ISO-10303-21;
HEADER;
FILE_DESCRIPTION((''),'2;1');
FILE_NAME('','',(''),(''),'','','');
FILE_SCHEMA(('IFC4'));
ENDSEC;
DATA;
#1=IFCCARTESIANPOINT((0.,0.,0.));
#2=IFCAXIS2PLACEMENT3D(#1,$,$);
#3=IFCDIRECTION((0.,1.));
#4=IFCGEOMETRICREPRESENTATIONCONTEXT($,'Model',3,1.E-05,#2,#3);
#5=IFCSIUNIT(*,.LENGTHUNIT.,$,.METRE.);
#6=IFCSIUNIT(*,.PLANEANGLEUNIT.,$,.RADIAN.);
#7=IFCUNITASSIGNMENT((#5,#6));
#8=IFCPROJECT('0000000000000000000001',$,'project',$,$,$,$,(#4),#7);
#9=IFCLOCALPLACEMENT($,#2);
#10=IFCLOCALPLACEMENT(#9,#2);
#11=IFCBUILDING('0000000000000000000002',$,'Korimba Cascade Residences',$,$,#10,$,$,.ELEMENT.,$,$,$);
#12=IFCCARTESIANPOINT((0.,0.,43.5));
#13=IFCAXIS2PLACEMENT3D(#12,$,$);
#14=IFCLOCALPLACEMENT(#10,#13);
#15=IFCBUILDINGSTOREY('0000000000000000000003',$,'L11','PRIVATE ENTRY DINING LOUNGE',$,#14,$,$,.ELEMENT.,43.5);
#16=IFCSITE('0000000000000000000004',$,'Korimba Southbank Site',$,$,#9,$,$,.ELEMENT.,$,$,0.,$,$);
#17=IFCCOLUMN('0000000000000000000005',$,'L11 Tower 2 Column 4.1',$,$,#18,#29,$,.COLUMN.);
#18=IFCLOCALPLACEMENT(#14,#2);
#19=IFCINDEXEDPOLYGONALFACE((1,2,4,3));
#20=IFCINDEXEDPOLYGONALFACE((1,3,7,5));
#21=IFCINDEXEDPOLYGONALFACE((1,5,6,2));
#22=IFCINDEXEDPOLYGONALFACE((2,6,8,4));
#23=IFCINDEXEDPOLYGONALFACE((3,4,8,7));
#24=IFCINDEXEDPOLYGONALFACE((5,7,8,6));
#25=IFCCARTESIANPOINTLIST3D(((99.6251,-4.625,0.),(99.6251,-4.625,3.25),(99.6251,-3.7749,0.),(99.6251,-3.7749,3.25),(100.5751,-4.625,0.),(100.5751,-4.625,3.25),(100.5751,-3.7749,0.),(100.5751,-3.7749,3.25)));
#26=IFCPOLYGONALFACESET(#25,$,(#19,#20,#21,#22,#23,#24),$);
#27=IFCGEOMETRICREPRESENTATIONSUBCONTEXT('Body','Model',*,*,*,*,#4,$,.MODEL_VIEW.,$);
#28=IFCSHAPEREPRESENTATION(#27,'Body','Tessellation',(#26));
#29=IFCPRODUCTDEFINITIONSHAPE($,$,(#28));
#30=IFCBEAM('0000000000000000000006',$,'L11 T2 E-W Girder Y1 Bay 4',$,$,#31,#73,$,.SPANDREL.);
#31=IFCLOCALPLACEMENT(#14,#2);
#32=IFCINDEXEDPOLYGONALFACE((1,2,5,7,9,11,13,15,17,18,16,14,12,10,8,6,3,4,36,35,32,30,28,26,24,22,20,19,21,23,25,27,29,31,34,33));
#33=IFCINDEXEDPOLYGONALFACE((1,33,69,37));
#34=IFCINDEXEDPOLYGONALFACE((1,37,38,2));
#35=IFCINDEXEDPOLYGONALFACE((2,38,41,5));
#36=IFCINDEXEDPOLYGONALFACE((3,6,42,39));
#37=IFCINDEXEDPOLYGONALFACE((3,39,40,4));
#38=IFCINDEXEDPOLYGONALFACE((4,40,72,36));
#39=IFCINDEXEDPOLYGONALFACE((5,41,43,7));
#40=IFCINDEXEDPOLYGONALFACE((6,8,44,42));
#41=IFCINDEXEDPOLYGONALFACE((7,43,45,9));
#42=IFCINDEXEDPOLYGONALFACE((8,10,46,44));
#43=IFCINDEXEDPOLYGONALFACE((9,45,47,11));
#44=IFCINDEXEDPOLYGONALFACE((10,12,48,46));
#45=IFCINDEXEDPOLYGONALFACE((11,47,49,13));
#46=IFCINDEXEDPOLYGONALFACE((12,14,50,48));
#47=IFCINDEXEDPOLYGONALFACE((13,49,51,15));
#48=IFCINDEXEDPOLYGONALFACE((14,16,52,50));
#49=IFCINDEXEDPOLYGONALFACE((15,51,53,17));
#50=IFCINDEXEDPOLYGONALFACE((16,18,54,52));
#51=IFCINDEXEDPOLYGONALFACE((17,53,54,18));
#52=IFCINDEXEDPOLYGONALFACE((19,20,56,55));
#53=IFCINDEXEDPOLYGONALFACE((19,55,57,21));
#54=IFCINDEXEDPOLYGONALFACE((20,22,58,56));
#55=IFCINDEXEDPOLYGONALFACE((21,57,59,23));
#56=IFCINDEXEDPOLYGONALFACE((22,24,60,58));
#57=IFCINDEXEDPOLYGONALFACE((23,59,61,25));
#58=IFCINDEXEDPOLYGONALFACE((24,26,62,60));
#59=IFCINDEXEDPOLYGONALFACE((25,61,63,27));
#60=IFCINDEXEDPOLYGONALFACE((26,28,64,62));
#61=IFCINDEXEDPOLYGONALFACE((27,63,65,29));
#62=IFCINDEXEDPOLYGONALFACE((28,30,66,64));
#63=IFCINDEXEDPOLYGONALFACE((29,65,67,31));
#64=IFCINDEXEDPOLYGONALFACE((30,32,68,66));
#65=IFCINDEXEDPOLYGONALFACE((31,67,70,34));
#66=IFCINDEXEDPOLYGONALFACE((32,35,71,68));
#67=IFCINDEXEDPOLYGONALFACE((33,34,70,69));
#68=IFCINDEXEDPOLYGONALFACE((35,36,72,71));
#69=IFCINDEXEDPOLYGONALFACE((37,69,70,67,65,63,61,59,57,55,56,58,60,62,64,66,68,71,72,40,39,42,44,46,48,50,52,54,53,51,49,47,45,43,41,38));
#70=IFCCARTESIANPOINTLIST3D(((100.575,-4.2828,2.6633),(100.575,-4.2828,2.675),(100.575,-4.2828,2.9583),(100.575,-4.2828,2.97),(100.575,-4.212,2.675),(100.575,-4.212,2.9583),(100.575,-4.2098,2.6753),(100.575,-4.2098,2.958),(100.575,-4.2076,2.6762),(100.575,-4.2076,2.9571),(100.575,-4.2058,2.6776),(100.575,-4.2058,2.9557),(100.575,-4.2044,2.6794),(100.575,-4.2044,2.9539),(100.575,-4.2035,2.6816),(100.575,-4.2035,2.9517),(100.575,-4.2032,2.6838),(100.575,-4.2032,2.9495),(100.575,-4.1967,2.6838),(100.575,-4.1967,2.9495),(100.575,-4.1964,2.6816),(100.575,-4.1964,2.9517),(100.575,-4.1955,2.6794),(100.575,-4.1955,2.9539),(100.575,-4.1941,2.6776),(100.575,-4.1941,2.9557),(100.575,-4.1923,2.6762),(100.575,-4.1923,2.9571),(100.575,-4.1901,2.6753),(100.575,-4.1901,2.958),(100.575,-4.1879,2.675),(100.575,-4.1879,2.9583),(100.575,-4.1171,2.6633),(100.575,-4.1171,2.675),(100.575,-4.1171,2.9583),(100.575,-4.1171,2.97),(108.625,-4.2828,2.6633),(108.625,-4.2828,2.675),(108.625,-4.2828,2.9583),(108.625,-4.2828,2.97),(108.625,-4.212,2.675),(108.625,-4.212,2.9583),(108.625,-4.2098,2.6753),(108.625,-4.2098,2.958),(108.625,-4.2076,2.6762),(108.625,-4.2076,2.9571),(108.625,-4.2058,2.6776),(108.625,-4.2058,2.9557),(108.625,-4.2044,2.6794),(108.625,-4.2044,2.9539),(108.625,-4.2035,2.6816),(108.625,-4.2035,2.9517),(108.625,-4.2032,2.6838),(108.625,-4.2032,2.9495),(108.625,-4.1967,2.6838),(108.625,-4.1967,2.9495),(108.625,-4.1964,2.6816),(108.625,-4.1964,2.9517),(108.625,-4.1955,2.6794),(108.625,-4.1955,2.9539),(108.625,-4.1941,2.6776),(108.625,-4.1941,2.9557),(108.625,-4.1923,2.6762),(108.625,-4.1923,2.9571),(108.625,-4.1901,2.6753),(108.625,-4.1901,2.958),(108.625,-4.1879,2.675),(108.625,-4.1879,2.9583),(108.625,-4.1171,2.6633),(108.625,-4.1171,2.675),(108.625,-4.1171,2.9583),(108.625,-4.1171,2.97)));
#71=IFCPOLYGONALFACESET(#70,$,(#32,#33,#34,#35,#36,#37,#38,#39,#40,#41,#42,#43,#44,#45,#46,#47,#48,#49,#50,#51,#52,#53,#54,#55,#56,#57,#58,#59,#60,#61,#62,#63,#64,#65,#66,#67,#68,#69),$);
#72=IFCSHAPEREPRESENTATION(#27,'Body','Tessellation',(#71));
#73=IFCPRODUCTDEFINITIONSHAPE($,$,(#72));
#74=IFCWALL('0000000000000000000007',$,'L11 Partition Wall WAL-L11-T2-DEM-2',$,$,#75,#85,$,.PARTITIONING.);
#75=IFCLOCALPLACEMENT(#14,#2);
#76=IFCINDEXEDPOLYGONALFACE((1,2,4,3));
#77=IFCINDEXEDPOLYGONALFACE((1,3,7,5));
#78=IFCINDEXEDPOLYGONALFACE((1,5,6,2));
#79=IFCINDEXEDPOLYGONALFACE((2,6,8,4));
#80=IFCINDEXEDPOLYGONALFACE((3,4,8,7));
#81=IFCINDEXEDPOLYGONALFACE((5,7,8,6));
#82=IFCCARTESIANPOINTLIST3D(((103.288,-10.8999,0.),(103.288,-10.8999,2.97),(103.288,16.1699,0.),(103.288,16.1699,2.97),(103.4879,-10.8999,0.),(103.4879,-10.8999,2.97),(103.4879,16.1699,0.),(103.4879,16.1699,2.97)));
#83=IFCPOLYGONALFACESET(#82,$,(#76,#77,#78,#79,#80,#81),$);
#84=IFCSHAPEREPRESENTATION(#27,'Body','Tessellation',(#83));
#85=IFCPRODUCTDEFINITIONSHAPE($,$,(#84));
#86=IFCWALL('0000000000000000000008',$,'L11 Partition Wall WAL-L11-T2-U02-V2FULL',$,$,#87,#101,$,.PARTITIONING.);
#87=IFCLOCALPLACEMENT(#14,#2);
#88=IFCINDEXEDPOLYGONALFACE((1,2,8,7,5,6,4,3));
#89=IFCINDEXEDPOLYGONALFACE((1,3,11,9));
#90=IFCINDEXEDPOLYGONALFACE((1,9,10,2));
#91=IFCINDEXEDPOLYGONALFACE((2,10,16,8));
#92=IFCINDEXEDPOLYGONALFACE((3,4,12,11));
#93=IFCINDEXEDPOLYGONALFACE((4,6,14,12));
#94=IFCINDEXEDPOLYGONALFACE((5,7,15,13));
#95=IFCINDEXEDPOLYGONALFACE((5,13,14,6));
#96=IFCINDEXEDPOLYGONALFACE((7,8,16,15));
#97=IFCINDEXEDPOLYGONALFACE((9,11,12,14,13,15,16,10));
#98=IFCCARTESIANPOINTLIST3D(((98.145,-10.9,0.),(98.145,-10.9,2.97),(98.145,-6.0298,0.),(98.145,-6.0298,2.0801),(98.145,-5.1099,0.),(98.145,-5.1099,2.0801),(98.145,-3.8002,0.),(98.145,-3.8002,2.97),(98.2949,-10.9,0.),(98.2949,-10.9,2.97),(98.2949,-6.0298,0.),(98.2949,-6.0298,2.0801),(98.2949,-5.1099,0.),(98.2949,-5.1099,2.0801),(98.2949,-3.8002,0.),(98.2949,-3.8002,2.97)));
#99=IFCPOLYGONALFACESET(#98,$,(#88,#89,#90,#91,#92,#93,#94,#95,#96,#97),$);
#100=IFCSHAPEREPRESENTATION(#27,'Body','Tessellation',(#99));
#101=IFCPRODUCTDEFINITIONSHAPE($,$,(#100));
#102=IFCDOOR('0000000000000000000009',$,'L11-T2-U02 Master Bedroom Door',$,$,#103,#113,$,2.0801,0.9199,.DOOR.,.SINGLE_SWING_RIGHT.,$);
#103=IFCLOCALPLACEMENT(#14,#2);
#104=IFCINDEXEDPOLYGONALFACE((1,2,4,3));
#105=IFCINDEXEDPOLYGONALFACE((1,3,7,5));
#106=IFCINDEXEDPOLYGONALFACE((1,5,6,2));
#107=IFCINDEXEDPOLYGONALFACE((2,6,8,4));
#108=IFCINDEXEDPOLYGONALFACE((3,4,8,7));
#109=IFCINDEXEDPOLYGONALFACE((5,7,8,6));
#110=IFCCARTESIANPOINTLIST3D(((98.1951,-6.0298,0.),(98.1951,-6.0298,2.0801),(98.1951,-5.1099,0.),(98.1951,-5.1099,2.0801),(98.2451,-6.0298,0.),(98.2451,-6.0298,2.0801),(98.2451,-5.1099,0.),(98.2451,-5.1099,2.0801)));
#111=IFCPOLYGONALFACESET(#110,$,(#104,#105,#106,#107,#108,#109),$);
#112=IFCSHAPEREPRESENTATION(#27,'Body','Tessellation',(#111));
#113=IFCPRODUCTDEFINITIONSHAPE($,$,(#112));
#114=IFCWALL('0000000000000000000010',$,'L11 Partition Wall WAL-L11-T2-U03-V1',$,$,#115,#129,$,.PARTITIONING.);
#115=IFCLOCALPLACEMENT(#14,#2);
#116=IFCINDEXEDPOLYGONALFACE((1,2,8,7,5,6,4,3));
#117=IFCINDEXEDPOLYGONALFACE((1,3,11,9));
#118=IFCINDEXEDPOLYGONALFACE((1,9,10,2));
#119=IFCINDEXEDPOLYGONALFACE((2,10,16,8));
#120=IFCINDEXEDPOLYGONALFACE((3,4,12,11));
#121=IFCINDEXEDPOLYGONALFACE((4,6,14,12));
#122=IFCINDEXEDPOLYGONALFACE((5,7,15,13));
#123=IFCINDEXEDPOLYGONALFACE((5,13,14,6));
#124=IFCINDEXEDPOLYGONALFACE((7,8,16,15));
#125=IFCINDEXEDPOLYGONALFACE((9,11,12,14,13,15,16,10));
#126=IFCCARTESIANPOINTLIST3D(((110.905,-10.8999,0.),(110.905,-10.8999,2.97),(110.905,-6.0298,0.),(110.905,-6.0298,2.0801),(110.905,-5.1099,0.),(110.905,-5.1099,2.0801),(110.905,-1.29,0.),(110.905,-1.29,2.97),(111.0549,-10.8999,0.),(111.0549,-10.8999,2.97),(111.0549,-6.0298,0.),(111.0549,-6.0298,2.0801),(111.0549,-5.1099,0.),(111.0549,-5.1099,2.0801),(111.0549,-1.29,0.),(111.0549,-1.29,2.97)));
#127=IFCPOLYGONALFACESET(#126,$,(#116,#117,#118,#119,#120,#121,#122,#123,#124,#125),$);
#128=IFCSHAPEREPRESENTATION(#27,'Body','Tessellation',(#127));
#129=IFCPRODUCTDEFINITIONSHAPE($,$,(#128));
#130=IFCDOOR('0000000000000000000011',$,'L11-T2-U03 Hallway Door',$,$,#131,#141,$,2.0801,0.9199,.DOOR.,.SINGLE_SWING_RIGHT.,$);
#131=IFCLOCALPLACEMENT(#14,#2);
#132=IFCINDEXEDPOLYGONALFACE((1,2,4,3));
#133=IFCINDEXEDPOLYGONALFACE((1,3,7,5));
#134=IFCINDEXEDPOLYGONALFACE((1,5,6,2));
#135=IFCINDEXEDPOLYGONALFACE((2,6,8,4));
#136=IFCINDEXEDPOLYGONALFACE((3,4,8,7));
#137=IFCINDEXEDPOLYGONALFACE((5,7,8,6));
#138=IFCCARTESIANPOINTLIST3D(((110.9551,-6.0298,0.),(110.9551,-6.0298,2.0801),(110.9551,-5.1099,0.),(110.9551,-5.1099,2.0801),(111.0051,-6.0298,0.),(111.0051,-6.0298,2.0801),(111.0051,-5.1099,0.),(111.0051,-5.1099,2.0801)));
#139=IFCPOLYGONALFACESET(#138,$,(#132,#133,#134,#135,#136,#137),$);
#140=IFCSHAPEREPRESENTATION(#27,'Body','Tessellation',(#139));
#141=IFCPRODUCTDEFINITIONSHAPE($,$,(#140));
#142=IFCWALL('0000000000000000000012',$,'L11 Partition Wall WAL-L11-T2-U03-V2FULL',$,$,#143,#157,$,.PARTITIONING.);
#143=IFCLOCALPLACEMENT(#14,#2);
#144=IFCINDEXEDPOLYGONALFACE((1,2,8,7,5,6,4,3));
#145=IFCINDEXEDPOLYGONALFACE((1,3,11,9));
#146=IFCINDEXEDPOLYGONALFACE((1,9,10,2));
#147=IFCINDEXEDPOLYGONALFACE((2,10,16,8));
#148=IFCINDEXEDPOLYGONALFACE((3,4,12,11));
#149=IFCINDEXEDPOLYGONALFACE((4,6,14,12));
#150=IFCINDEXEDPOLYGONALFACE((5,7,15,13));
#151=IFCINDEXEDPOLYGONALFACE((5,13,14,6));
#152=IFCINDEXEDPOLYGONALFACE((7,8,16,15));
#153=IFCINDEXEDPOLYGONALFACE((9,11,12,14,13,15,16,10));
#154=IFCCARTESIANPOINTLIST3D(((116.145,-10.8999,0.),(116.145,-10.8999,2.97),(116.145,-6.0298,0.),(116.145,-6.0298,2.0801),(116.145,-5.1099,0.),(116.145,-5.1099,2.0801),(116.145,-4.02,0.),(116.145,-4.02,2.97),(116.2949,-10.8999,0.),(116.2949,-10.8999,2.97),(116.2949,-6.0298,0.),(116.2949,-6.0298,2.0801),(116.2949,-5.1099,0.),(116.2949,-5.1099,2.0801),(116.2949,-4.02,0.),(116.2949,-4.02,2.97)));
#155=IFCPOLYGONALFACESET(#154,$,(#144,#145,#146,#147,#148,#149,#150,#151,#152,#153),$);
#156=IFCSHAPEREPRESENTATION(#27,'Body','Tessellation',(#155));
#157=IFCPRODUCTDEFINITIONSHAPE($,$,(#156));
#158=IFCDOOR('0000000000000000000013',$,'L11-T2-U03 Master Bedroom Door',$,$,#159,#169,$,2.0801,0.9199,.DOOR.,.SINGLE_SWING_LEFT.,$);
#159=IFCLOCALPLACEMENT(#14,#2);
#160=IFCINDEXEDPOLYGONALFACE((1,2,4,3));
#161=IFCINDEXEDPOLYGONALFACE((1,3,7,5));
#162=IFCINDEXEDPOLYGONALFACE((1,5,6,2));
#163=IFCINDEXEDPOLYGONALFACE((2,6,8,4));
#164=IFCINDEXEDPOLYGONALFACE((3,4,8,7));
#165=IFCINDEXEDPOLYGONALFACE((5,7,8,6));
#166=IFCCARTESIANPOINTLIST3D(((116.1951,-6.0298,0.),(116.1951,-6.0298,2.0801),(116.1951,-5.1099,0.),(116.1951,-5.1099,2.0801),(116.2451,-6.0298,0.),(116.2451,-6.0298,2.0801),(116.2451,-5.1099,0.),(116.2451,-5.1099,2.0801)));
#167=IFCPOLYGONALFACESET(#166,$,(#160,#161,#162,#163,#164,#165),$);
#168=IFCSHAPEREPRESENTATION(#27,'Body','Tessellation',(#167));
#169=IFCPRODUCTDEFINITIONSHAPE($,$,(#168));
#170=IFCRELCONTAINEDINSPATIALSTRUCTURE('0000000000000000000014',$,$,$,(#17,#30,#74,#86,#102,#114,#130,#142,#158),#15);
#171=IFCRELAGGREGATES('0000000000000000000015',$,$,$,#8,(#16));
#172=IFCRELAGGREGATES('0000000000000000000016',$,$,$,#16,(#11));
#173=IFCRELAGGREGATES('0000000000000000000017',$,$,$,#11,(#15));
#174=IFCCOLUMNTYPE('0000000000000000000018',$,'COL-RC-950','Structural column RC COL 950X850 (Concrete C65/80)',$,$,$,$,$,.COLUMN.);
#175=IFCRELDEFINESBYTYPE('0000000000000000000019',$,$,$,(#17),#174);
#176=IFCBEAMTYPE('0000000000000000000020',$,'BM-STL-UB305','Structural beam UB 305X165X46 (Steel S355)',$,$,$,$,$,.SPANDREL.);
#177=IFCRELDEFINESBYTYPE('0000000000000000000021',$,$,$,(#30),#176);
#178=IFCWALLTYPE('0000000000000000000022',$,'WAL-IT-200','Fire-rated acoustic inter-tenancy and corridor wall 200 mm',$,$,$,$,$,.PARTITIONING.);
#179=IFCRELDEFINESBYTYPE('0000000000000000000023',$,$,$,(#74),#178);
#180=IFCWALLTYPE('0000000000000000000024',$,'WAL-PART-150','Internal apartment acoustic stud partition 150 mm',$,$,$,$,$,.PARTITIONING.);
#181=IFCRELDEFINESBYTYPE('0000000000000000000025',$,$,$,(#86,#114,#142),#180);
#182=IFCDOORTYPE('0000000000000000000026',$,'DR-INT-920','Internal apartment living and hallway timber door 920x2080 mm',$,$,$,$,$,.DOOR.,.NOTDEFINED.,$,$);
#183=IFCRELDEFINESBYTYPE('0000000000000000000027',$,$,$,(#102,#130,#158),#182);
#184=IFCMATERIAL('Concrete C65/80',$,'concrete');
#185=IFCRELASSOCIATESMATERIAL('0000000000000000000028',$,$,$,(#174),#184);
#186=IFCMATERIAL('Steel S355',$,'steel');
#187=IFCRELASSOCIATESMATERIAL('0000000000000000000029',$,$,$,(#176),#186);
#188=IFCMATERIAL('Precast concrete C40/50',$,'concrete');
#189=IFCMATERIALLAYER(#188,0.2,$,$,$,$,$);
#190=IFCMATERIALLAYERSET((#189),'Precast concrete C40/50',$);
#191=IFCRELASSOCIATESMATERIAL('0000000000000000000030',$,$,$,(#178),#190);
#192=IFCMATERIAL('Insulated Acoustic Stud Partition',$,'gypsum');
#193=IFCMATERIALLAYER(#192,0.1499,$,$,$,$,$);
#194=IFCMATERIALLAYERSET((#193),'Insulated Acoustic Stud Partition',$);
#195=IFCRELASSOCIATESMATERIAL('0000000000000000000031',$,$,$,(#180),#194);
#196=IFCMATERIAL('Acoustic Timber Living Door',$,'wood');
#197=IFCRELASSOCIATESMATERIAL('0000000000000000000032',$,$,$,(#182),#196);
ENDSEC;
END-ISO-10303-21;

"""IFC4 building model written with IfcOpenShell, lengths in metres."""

from ifc_helpers import new_model, si_unit, direction, frame, frame_2d, origin, origin_2d, place, context, subcontext, project, spatial, rectangle, i_section, extrude, material, layer, layer_set, material_profile, profile_set, type_object, element, fill, save


model = new_model("IFC4")

# Units and contexts
model_context = context("Model", 3, precision=1e-05, world=origin(), true_north=direction((0.0, 1.0)))
body_context = subcontext(model_context, "Body", "Model", "MODEL_VIEW")
ifc_project = project(units=[si_unit("LENGTHUNIT", "METRE"), si_unit("PLANEANGLEUNIT", "RADIAN")], contexts=[model_context])

# Site, building, storey
site_placement = place(None, origin())
site = spatial("IfcSite", under=ifc_project, at=site_placement, Name="Korimba Southbank Site", CompositionType="ELEMENT", RefElevation=0.0)
building_placement = place(site_placement, origin())
building = spatial("IfcBuilding", under=site, at=building_placement, Name="Korimba Cascade Residences", CompositionType="ELEMENT")
storey_placement = place(building_placement, frame((0.0, 0.0, 43.5)))
storey = spatial("IfcBuildingStorey", under=building, at=storey_placement, Name="L11", Description="PRIVATE ENTRY DINING LOUNGE", CompositionType="ELEMENT", Elevation=43.5)

# Column
ifc_material_1 = material(Name="Concrete C65/80", Category="concrete")
ifc_material_profile_1 = material_profile(ifc_material_1, rectangle(XDim=0.95, YDim=0.8501, at=origin_2d()), Name="Concrete C65/80")
ifc_profile_set_1 = profile_set([ifc_material_profile_1], Name="Concrete C65/80")
column_type = type_object("IfcColumnType", Name="COL-RC-950", Description="Structural column RC COL 950X850 (Concrete C65/80)", PredefinedType="COLUMN", material=ifc_profile_set_1)
column_placement = place(storey_placement, frame((100.1001, -4.2, 0.0), z_axis=(0.0, 0.0, 1.0), x_axis=(1.0, 0.0, 0.0)))
element("IfcColumn", 1, at=column_placement, inside=storey, type_object=column_type, Name="L11 Tower 2 Column 4.1", PredefinedType="COLUMN", context=body_context, shape_type="SweptSolid", body=[
    extrude(rectangle(XDim=0.95, YDim=0.8501, at=origin_2d()), origin(), (0.0, 0.0, 1.0), 3.25),
])

# Beam
ifc_material_2 = material(Name="Steel S355", Category="steel")
ifc_material_profile_2 = material_profile(ifc_material_2, i_section(OverallWidth=0.1658, OverallDepth=0.3066, WebThickness=0.0066, FlangeThickness=0.0117, FilletRadius=0.0088, at=origin_2d()), Name="Steel S355")
ifc_profile_set_2 = profile_set([ifc_material_profile_2], Name="Steel S355")
beam_type = type_object("IfcBeamType", Name="BM-STL-UB305", Description="Structural beam UB 305X165X46 (Steel S355)", PredefinedType="SPANDREL", material=ifc_profile_set_2)
beam_placement = place(storey_placement, frame((100.575, -4.2, 2.8167), z_axis=(1.0, 0.0, 0.0), x_axis=(0.0, 1.0, 0.0)))
element("IfcBeam", 2, at=beam_placement, inside=storey, type_object=beam_type, Name="L11 T2 E-W Girder Y1 Bay 4", PredefinedType="SPANDREL", context=body_context, shape_type="SweptSolid", body=[
    extrude(i_section(OverallWidth=0.1658, OverallDepth=0.3066, WebThickness=0.0066, FlangeThickness=0.0117, FilletRadius=0.0088, at=origin_2d()), origin(), (0.0, 0.0, 1.0), 8.05),
])

# Wall
ifc_material_3 = material(Name="Precast concrete C40/50", Category="concrete")
ifc_layer_1 = layer(ifc_material_3, 0.2)
ifc_layer_set_1 = layer_set([ifc_layer_1], Name="Precast concrete C40/50")
wall_type_1 = type_object("IfcWallType", Name="WAL-IT-200", Description="Fire-rated acoustic inter-tenancy and corridor wall 200 mm", PredefinedType="PARTITIONING", material=ifc_layer_set_1)
wall_1_placement = place(storey_placement, frame((103.3879, -10.8999, 0.0), z_axis=(0.0, 0.0, 1.0), x_axis=(0.0, 1.0, 0.0)))
element("IfcWall", 3, at=wall_1_placement, inside=storey, type_object=wall_type_1, Name="L11 Partition Wall WAL-L11-T2-DEM-2", PredefinedType="PARTITIONING", context=body_context, shape_type="SweptSolid", body=[
    extrude(rectangle(XDim=27.0698, YDim=0.2, at=frame_2d((13.5349, 0.0))), origin(), (0.0, 0.0, 1.0), 2.97),
])

# Walls, openings, doors
ifc_material_4 = material(Name="Insulated Acoustic Stud Partition", Category="gypsum")
ifc_layer_2 = layer(ifc_material_4, 0.1499)
ifc_layer_set_2 = layer_set([ifc_layer_2], Name="Insulated Acoustic Stud Partition")
wall_type_2 = type_object("IfcWallType", Name="WAL-PART-150", Description="Internal apartment acoustic stud partition 150 mm", PredefinedType="PARTITIONING", material=ifc_layer_set_2)
wall_2_placement = place(storey_placement, frame((98.22, -10.8999, 0.0), z_axis=(0.0, 0.0, 1.0), x_axis=(0.0, 1.0, 0.0)))
wall_2 = element("IfcWall", 4, at=wall_2_placement, inside=storey, type_object=wall_type_2, Name="L11 Partition Wall WAL-L11-T2-U02-V2FULL", PredefinedType="PARTITIONING", context=body_context, shape_type="SweptSolid", body=[
    extrude(rectangle(XDim=7.0999, YDim=0.1499, at=frame_2d((3.5498, 0.0))), origin(), (0.0, 0.0, 1.0), 2.97),
])
opening_1_placement = place(wall_2_placement, frame((4.8701, 0.0, 0.0)))
opening_1 = element("IfcOpeningElement", 5, at=opening_1_placement, cuts=wall_2, PredefinedType="OPENING", context=body_context, shape_type="SweptSolid", body=[
    extrude(rectangle(XDim=0.9199, YDim=2.0801, at=frame_2d((0.46, 1.04))), frame((0.0, 0.085, 0.0), z_axis=(0.0, -1.0, 0.0), x_axis=(1.0, 0.0, 0.0)), (0.0, 0.0, 1.0), 0.1699),
])
ifc_material_5 = material(Name="Acoustic Timber Living Door", Category="wood")
door_type_1 = type_object("IfcDoorType", Name="DR-INT-920", Description="Internal apartment living and hallway timber door 920x2080 mm", OperationType="NOTDEFINED", PredefinedType="DOOR", material=ifc_material_5)
door_1_placement = place(opening_1_placement, origin())
door_1 = element("IfcDoor", 6, at=door_1_placement, inside=storey, type_object=door_type_1, Name="L11-T2-U02 Master Bedroom Door", OperationType="SINGLE_SWING_RIGHT", OverallHeight=2.0801, OverallWidth=0.9199, PredefinedType="DOOR", context=body_context, shape_type="SweptSolid", body=[
    extrude(rectangle(XDim=0.9199, YDim=2.0801, at=frame_2d((0.46, 1.04))), frame((0.0, 0.0249, 0.0), z_axis=(0.0, -1.0, 0.0), x_axis=(1.0, 0.0, 0.0)), (0.0, 0.0, 1.0), 0.05),
])
fill(opening_1, door_1)
wall_3_placement = place(storey_placement, frame((110.98, -10.8999, 0.0), z_axis=(0.0, 0.0, 1.0), x_axis=(0.0, 1.0, 0.0)))
wall_3 = element("IfcWall", 7, at=wall_3_placement, inside=storey, type_object=wall_type_2, Name="L11 Partition Wall WAL-L11-T2-U03-V1", PredefinedType="PARTITIONING", context=body_context, shape_type="SweptSolid", body=[
    extrude(rectangle(XDim=9.6099, YDim=0.1499, at=frame_2d((4.8049, 0.0))), origin(), (0.0, 0.0, 1.0), 2.97),
])
opening_2_placement = place(wall_3_placement, frame((4.8701, 0.0, 0.0)))
opening_2 = element("IfcOpeningElement", 8, at=opening_2_placement, cuts=wall_3, PredefinedType="OPENING", context=body_context, shape_type="SweptSolid", body=[
    extrude(rectangle(XDim=0.9199, YDim=2.0801, at=frame_2d((0.46, 1.04))), frame((0.0, 0.085, 0.0), z_axis=(0.0, -1.0, 0.0), x_axis=(1.0, 0.0, 0.0)), (0.0, 0.0, 1.0), 0.1699),
])
door_2_placement = place(opening_2_placement, origin())
door_2 = element("IfcDoor", 9, at=door_2_placement, inside=storey, type_object=door_type_1, Name="L11-T2-U03 Hallway Door", OperationType="SINGLE_SWING_RIGHT", OverallHeight=2.0801, OverallWidth=0.9199, PredefinedType="DOOR", context=body_context, shape_type="SweptSolid", body=[
    extrude(rectangle(XDim=0.9199, YDim=2.0801, at=frame_2d((0.46, 1.04))), frame((0.0, 0.0249, 0.0), z_axis=(0.0, -1.0, 0.0), x_axis=(1.0, 0.0, 0.0)), (0.0, 0.0, 1.0), 0.05),
])
fill(opening_2, door_2)
wall_4_placement = place(storey_placement, frame((116.22, -10.8999, 0.0), z_axis=(0.0, 0.0, 1.0), x_axis=(0.0, 1.0, 0.0)))
wall_4 = element("IfcWall", 10, at=wall_4_placement, inside=storey, type_object=wall_type_2, Name="L11 Partition Wall WAL-L11-T2-U03-V2FULL", PredefinedType="PARTITIONING", context=body_context, shape_type="SweptSolid", body=[
    extrude(rectangle(XDim=6.8799, YDim=0.1499, at=frame_2d((3.4399, 0.0))), origin(), (0.0, 0.0, 1.0), 2.97),
])
opening_3_placement = place(wall_4_placement, frame((4.8701, 0.0, 0.0)))
opening_3 = element("IfcOpeningElement", 11, at=opening_3_placement, cuts=wall_4, PredefinedType="OPENING", context=body_context, shape_type="SweptSolid", body=[
    extrude(rectangle(XDim=0.9199, YDim=2.0801, at=frame_2d((0.46, 1.04))), frame((0.0, 0.085, 0.0), z_axis=(0.0, -1.0, 0.0), x_axis=(1.0, 0.0, 0.0)), (0.0, 0.0, 1.0), 0.1699),
])
door_3_placement = place(opening_3_placement, origin())
door_3 = element("IfcDoor", 12, at=door_3_placement, inside=storey, type_object=door_type_1, Name="L11-T2-U03 Master Bedroom Door", OperationType="SINGLE_SWING_LEFT", OverallHeight=2.0801, OverallWidth=0.9199, PredefinedType="DOOR", context=body_context, shape_type="SweptSolid", body=[
    extrude(rectangle(XDim=0.9199, YDim=2.0801, at=frame_2d((0.46, 1.04))), frame((0.0, 0.0249, 0.0), z_axis=(0.0, -1.0, 0.0), x_axis=(1.0, 0.0, 0.0)), (0.0, 0.0, 1.0), 0.05),
])
fill(opening_3, door_3)

save(model, "model.ifc")
